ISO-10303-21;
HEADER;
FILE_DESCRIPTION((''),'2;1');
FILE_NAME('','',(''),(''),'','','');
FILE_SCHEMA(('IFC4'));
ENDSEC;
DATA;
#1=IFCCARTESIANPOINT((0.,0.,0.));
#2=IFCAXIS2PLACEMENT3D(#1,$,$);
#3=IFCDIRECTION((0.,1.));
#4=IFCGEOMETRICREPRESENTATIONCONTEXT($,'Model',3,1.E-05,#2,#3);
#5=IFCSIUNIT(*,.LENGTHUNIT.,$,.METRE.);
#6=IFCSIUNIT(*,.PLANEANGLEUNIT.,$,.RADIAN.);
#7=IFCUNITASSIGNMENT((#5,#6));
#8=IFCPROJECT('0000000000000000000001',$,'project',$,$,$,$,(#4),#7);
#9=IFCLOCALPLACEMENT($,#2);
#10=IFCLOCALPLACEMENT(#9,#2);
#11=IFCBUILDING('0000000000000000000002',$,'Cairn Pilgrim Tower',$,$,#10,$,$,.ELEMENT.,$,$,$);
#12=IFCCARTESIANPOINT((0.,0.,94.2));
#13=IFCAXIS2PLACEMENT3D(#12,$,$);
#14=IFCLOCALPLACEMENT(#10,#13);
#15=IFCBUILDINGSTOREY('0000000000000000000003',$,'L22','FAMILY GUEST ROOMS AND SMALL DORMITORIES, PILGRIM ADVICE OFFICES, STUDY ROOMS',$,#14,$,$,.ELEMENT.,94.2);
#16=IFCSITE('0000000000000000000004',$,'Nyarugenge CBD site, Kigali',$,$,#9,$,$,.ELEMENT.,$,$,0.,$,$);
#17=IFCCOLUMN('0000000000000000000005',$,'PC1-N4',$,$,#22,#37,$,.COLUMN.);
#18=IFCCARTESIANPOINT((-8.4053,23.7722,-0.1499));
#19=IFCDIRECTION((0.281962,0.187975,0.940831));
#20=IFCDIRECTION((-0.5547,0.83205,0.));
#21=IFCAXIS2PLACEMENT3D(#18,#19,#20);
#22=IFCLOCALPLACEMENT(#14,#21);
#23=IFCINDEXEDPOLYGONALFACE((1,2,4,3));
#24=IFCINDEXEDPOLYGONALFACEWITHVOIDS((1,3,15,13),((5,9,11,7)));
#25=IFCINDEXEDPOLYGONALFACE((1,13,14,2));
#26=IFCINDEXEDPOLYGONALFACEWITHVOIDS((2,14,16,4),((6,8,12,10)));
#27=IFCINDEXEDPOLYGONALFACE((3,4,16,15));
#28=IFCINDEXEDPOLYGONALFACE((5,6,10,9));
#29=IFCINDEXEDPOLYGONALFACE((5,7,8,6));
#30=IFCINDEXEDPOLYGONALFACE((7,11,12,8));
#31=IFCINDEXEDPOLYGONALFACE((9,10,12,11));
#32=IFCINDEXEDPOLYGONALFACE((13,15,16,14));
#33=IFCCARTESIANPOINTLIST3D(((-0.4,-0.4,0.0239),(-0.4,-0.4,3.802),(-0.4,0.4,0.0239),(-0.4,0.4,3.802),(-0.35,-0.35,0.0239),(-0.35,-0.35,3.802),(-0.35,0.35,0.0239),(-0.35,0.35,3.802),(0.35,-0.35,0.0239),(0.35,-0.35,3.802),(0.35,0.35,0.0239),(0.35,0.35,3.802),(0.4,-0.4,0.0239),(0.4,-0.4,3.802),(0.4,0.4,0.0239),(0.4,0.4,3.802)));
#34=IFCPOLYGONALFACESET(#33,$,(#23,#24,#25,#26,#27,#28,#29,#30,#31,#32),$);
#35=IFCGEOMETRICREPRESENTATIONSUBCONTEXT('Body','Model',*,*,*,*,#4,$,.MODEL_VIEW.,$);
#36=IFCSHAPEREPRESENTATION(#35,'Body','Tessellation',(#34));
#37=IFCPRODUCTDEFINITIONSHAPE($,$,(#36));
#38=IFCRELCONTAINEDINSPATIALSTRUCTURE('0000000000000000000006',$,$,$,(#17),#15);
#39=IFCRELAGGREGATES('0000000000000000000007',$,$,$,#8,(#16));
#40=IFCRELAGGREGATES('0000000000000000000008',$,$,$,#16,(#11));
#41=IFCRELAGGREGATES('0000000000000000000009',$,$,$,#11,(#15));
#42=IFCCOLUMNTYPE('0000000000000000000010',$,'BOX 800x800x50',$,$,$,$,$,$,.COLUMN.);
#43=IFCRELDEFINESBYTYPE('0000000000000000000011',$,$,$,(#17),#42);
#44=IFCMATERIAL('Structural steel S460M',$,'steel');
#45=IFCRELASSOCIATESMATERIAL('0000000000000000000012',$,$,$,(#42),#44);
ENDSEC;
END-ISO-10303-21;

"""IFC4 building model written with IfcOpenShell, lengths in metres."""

from ifc_helpers import new_model, si_unit, direction, frame, origin, origin_2d, place, context, subcontext, project, spatial, hollow_rectangle, extrude, clip, halfspace, material, material_profile, profile_set, type_object, element, save


model = new_model("IFC4")

# Units and contexts
model_context = context("Model", 3, precision=1e-05, world=origin(), true_north=direction((0.0, 1.0)))
body_context = subcontext(model_context, "Body", "Model", "MODEL_VIEW")
ifc_project = project(units=[si_unit("LENGTHUNIT", "METRE"), si_unit("PLANEANGLEUNIT", "RADIAN")], contexts=[model_context])

# Site, building, storey
site_placement = place(None, origin())
site = spatial("IfcSite", under=ifc_project, at=site_placement, Name="Nyarugenge CBD site, Kigali", CompositionType="ELEMENT", RefElevation=0.0)
building_placement = place(site_placement, origin())
building = spatial("IfcBuilding", under=site, at=building_placement, Name="Cairn Pilgrim Tower", CompositionType="ELEMENT")
storey_placement = place(building_placement, frame((0.0, 0.0, 94.2)))
storey = spatial("IfcBuildingStorey", under=building, at=storey_placement, Name="L22", Description="FAMILY GUEST ROOMS AND SMALL DORMITORIES, PILGRIM ADVICE OFFICES, STUDY ROOMS", CompositionType="ELEMENT", Elevation=94.2)

# Column
ifc_material_1 = material(Name="Structural steel S460M", Category="steel")
ifc_material_profile_1 = material_profile(ifc_material_1, hollow_rectangle(XDim=0.8, YDim=0.8, WallThickness=0.05, at=origin_2d()), Name="BOX 800x800x50")
ifc_profile_set_1 = profile_set([ifc_material_profile_1], Name="Structural steel S460M")
column_type_1 = type_object("IfcColumnType", Name="BOX 800x800x50", PredefinedType="COLUMN", material=ifc_profile_set_1)
column_1_placement = place(storey_placement, frame((-8.4053, 23.7722, -0.1499), z_axis=(0.281962, 0.187975, 0.940831), x_axis=(-0.5547, 0.83205, 0.0)))
element("IfcColumn", 1, at=column_1_placement, inside=storey, type_object=column_type_1, Name="PC1-N4", PredefinedType="COLUMN", context=body_context, shape_type="Clipping", body=[
    clip(clip(extrude(hollow_rectangle(XDim=0.8, YDim=0.8, WallThickness=0.05, at=origin_2d()), origin(), (0.0, 0.0, 1.0), 3.8262), halfspace(frame((0.0, 0.0, 0.0239), z_axis=(0.0, 0.0, 1.0), x_axis=(1.0, 0.0, 0.0)), True)), halfspace(frame((0.0, 0.0, 3.802), z_axis=(0.0, 0.0, 1.0), x_axis=(1.0, 0.0, 0.0)), False)),
])

save(model, "model.ifc")
